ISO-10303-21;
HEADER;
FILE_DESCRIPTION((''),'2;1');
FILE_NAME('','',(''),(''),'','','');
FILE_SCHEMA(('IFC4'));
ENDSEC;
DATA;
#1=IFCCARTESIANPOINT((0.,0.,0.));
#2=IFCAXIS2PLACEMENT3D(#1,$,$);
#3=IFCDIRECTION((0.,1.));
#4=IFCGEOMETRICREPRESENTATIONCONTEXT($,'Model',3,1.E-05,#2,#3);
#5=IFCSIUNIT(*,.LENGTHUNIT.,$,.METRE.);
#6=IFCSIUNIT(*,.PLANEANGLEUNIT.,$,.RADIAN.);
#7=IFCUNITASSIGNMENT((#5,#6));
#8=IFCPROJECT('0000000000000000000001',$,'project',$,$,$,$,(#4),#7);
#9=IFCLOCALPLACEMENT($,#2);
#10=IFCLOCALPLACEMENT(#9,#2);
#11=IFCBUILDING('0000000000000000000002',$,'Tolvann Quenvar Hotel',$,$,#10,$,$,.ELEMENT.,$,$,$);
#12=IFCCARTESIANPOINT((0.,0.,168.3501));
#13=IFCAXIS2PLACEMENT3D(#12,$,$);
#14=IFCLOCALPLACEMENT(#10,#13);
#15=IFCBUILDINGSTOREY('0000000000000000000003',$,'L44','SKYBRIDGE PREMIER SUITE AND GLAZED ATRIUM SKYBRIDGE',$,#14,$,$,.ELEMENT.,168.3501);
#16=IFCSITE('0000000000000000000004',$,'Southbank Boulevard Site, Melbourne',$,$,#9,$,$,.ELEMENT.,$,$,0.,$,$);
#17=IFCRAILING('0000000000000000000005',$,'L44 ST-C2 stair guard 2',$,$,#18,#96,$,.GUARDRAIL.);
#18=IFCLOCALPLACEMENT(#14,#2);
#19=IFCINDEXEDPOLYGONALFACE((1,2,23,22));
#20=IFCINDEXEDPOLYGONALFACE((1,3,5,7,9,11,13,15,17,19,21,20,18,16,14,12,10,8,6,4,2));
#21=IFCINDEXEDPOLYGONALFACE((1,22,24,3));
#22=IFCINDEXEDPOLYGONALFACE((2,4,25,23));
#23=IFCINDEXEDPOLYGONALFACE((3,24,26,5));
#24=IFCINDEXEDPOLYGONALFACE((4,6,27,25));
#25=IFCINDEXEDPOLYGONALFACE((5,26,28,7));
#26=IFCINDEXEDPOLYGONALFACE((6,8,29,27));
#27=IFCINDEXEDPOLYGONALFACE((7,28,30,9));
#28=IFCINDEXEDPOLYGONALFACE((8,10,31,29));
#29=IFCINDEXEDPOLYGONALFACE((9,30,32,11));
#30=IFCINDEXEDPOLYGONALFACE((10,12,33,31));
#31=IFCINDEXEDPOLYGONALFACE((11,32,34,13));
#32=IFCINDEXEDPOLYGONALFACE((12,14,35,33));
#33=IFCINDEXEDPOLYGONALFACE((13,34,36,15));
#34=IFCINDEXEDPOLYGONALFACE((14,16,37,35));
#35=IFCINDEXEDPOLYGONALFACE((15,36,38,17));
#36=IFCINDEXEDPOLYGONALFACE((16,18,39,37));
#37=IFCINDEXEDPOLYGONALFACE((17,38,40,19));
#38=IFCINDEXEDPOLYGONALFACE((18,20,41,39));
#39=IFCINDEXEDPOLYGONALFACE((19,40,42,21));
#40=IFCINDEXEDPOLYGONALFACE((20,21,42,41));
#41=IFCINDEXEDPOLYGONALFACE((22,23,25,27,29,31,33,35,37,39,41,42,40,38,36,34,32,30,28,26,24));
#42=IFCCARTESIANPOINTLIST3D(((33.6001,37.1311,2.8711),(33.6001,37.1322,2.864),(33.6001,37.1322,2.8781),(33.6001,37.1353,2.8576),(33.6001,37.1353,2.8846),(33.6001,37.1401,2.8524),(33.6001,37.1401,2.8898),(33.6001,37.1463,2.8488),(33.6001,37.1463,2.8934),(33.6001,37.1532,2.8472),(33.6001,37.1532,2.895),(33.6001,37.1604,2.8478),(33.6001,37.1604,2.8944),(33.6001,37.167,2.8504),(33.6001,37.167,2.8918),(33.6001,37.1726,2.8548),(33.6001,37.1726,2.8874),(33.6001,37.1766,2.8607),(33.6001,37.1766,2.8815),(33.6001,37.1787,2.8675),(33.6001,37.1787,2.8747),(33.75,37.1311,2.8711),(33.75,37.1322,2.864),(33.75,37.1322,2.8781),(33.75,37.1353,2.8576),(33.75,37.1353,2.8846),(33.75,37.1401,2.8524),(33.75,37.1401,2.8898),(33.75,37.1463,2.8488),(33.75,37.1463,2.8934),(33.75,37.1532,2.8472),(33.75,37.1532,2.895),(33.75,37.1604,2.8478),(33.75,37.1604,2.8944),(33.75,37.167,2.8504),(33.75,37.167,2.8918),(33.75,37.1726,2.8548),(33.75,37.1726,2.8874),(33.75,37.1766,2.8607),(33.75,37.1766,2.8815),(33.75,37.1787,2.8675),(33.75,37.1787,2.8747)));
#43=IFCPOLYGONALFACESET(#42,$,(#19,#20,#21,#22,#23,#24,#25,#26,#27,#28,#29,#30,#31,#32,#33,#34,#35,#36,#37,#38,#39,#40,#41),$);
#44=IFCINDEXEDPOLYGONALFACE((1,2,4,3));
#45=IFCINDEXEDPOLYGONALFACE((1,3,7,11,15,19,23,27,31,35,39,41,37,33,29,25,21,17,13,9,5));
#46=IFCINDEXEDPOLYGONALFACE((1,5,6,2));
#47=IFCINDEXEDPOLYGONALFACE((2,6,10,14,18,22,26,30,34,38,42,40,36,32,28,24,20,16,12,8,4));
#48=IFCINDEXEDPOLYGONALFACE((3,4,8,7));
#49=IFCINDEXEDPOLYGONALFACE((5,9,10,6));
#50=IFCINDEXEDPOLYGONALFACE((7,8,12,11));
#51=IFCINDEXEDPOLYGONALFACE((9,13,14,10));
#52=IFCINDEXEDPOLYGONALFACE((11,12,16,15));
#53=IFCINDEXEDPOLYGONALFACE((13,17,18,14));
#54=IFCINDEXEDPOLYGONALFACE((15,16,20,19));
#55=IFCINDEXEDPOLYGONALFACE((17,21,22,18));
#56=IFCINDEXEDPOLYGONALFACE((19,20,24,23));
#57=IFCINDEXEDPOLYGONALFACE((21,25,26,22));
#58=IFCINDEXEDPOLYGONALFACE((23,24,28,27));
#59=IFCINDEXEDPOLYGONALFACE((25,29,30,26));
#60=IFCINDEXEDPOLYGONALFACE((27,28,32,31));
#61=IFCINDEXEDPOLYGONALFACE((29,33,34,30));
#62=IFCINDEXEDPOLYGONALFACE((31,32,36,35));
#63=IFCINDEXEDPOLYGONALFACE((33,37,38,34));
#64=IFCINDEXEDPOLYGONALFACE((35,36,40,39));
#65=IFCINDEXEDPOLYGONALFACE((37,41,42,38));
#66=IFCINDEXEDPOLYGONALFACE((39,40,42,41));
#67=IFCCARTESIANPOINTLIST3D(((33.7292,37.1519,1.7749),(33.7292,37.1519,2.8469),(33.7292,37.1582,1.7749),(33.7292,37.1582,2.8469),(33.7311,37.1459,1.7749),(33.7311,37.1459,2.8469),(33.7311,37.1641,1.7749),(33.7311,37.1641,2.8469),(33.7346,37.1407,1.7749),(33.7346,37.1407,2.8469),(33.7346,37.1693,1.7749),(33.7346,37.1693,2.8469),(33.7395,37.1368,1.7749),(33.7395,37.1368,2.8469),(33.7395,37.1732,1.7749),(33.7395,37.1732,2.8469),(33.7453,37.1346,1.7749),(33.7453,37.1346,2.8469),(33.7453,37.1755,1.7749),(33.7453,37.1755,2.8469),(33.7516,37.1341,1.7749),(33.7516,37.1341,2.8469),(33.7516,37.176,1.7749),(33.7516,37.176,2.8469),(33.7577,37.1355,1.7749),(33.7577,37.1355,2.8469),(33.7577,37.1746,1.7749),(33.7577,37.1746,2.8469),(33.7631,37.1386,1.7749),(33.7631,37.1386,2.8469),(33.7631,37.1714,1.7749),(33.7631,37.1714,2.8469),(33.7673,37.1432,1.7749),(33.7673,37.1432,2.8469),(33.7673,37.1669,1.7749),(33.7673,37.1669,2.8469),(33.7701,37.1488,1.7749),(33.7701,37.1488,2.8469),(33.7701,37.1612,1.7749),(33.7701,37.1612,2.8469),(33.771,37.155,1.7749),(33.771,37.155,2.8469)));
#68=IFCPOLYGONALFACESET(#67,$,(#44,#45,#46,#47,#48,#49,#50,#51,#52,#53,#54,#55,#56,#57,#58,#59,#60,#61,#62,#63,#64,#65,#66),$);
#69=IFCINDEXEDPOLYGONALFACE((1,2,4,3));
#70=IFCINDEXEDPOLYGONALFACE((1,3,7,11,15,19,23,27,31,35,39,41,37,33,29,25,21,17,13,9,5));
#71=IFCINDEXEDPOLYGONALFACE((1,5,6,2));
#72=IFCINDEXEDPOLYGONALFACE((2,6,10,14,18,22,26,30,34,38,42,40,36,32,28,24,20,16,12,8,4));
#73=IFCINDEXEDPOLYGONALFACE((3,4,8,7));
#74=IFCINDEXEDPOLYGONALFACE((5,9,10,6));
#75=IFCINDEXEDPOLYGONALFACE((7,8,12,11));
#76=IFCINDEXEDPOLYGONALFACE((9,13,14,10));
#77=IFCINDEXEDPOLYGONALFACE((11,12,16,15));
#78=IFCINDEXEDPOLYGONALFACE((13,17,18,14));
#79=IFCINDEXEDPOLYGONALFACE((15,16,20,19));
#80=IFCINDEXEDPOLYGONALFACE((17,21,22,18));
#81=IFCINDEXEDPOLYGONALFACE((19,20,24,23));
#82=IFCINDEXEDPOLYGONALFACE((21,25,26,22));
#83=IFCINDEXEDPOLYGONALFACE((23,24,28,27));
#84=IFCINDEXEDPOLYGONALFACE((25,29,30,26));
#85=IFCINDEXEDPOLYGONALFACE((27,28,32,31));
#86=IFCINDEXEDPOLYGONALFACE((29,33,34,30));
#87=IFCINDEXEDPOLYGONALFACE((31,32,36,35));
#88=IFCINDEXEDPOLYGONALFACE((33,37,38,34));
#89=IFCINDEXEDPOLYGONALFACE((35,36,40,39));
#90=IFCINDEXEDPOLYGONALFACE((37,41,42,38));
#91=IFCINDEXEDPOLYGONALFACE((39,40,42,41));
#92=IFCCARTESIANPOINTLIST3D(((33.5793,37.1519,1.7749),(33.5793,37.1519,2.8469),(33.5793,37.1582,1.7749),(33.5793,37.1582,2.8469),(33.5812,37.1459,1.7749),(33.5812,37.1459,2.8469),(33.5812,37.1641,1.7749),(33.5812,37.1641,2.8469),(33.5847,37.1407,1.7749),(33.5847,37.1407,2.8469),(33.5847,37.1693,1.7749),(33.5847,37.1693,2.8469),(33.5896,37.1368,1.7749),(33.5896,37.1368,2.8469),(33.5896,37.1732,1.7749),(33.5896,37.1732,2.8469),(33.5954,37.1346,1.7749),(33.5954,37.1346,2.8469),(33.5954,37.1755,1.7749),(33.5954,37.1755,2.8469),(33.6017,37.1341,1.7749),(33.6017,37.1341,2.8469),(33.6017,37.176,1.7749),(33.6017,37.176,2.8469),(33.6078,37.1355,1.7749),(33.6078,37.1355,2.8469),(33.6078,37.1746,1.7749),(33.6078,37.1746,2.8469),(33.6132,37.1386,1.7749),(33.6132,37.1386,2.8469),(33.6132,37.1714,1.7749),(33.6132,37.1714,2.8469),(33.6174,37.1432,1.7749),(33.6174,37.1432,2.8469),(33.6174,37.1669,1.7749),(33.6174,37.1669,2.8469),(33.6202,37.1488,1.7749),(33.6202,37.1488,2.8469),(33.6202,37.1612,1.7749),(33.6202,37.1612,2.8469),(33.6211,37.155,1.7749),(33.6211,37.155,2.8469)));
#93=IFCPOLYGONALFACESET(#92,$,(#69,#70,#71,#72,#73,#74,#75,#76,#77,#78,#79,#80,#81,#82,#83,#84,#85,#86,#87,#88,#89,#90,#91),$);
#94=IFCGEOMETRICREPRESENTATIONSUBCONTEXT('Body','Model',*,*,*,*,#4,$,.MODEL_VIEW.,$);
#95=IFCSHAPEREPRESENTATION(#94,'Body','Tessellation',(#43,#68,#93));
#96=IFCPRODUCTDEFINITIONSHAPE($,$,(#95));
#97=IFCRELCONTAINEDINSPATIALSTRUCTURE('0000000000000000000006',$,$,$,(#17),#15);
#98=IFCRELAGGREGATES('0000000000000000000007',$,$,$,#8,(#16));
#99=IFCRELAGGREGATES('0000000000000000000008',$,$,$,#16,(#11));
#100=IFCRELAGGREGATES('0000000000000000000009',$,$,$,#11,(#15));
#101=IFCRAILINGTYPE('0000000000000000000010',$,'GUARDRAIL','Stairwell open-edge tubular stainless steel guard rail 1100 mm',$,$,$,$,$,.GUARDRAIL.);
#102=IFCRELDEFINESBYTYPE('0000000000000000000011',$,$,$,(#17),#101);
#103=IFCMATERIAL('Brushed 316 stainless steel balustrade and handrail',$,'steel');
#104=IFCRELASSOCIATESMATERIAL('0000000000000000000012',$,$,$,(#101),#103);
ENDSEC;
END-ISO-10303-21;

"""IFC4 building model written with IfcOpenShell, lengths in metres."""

from ifc_helpers import new_model, si_unit, direction, frame, origin, origin_2d, place, context, subcontext, project, spatial, circle, extrude, material, type_object, element, save


model = new_model("IFC4")

# Units and contexts
model_context = context("Model", 3, precision=1e-05, world=origin(), true_north=direction((0.0, 1.0)))
body_context = subcontext(model_context, "Body", "Model", "MODEL_VIEW")
ifc_project = project(units=[si_unit("LENGTHUNIT", "METRE"), si_unit("PLANEANGLEUNIT", "RADIAN")], contexts=[model_context])

# Site, building, storey
site_placement = place(None, origin())
site = spatial("IfcSite", under=ifc_project, at=site_placement, Name="Southbank Boulevard Site, Melbourne", CompositionType="ELEMENT", RefElevation=0.0)
building_placement = place(site_placement, origin())
building = spatial("IfcBuilding", under=site, at=building_placement, Name="Tolvann Quenvar Hotel", CompositionType="ELEMENT")
storey_placement = place(building_placement, frame((0.0, 0.0, 168.3501)))
storey = spatial("IfcBuildingStorey", under=building, at=storey_placement, Name="L44", Description="SKYBRIDGE PREMIER SUITE AND GLAZED ATRIUM SKYBRIDGE", CompositionType="ELEMENT", Elevation=168.3501)

# Railing
ifc_material_1 = material(Name="Brushed 316 stainless steel balustrade and handrail", Category="steel")
railing_type_1 = type_object("IfcRailingType", Name="GUARDRAIL", Description="Stairwell open-edge tubular stainless steel guard rail 1100 mm", PredefinedType="GUARDRAIL", material=ifc_material_1)
railing_1_placement = place(storey_placement, frame((33.75, 37.155, 1.7749)))
element("IfcRailing", 1, at=railing_1_placement, inside=storey, type_object=railing_type_1, Name="L44 ST-C2 stair guard 2", PredefinedType="GUARDRAIL", context=body_context, shape_type="SweptSolid", body=[
    extrude(circle(Radius=0.0239, at=origin_2d()), frame((0.0, 0.0, 1.0962), z_axis=(-1.0, 0.0, 0.0), x_axis=(0.0, -1.0, 0.0)), (0.0, 0.0, 1.0), 0.1499),
    extrude(circle(Radius=0.021, at=origin_2d()), origin(), (0.0, 0.0, 1.0), 1.072),
    extrude(circle(Radius=0.021, at=origin_2d()), frame((-0.1499, 0.0, 0.0)), (0.0, 0.0, 1.0), 1.072),
])

save(model, "model.ifc")
